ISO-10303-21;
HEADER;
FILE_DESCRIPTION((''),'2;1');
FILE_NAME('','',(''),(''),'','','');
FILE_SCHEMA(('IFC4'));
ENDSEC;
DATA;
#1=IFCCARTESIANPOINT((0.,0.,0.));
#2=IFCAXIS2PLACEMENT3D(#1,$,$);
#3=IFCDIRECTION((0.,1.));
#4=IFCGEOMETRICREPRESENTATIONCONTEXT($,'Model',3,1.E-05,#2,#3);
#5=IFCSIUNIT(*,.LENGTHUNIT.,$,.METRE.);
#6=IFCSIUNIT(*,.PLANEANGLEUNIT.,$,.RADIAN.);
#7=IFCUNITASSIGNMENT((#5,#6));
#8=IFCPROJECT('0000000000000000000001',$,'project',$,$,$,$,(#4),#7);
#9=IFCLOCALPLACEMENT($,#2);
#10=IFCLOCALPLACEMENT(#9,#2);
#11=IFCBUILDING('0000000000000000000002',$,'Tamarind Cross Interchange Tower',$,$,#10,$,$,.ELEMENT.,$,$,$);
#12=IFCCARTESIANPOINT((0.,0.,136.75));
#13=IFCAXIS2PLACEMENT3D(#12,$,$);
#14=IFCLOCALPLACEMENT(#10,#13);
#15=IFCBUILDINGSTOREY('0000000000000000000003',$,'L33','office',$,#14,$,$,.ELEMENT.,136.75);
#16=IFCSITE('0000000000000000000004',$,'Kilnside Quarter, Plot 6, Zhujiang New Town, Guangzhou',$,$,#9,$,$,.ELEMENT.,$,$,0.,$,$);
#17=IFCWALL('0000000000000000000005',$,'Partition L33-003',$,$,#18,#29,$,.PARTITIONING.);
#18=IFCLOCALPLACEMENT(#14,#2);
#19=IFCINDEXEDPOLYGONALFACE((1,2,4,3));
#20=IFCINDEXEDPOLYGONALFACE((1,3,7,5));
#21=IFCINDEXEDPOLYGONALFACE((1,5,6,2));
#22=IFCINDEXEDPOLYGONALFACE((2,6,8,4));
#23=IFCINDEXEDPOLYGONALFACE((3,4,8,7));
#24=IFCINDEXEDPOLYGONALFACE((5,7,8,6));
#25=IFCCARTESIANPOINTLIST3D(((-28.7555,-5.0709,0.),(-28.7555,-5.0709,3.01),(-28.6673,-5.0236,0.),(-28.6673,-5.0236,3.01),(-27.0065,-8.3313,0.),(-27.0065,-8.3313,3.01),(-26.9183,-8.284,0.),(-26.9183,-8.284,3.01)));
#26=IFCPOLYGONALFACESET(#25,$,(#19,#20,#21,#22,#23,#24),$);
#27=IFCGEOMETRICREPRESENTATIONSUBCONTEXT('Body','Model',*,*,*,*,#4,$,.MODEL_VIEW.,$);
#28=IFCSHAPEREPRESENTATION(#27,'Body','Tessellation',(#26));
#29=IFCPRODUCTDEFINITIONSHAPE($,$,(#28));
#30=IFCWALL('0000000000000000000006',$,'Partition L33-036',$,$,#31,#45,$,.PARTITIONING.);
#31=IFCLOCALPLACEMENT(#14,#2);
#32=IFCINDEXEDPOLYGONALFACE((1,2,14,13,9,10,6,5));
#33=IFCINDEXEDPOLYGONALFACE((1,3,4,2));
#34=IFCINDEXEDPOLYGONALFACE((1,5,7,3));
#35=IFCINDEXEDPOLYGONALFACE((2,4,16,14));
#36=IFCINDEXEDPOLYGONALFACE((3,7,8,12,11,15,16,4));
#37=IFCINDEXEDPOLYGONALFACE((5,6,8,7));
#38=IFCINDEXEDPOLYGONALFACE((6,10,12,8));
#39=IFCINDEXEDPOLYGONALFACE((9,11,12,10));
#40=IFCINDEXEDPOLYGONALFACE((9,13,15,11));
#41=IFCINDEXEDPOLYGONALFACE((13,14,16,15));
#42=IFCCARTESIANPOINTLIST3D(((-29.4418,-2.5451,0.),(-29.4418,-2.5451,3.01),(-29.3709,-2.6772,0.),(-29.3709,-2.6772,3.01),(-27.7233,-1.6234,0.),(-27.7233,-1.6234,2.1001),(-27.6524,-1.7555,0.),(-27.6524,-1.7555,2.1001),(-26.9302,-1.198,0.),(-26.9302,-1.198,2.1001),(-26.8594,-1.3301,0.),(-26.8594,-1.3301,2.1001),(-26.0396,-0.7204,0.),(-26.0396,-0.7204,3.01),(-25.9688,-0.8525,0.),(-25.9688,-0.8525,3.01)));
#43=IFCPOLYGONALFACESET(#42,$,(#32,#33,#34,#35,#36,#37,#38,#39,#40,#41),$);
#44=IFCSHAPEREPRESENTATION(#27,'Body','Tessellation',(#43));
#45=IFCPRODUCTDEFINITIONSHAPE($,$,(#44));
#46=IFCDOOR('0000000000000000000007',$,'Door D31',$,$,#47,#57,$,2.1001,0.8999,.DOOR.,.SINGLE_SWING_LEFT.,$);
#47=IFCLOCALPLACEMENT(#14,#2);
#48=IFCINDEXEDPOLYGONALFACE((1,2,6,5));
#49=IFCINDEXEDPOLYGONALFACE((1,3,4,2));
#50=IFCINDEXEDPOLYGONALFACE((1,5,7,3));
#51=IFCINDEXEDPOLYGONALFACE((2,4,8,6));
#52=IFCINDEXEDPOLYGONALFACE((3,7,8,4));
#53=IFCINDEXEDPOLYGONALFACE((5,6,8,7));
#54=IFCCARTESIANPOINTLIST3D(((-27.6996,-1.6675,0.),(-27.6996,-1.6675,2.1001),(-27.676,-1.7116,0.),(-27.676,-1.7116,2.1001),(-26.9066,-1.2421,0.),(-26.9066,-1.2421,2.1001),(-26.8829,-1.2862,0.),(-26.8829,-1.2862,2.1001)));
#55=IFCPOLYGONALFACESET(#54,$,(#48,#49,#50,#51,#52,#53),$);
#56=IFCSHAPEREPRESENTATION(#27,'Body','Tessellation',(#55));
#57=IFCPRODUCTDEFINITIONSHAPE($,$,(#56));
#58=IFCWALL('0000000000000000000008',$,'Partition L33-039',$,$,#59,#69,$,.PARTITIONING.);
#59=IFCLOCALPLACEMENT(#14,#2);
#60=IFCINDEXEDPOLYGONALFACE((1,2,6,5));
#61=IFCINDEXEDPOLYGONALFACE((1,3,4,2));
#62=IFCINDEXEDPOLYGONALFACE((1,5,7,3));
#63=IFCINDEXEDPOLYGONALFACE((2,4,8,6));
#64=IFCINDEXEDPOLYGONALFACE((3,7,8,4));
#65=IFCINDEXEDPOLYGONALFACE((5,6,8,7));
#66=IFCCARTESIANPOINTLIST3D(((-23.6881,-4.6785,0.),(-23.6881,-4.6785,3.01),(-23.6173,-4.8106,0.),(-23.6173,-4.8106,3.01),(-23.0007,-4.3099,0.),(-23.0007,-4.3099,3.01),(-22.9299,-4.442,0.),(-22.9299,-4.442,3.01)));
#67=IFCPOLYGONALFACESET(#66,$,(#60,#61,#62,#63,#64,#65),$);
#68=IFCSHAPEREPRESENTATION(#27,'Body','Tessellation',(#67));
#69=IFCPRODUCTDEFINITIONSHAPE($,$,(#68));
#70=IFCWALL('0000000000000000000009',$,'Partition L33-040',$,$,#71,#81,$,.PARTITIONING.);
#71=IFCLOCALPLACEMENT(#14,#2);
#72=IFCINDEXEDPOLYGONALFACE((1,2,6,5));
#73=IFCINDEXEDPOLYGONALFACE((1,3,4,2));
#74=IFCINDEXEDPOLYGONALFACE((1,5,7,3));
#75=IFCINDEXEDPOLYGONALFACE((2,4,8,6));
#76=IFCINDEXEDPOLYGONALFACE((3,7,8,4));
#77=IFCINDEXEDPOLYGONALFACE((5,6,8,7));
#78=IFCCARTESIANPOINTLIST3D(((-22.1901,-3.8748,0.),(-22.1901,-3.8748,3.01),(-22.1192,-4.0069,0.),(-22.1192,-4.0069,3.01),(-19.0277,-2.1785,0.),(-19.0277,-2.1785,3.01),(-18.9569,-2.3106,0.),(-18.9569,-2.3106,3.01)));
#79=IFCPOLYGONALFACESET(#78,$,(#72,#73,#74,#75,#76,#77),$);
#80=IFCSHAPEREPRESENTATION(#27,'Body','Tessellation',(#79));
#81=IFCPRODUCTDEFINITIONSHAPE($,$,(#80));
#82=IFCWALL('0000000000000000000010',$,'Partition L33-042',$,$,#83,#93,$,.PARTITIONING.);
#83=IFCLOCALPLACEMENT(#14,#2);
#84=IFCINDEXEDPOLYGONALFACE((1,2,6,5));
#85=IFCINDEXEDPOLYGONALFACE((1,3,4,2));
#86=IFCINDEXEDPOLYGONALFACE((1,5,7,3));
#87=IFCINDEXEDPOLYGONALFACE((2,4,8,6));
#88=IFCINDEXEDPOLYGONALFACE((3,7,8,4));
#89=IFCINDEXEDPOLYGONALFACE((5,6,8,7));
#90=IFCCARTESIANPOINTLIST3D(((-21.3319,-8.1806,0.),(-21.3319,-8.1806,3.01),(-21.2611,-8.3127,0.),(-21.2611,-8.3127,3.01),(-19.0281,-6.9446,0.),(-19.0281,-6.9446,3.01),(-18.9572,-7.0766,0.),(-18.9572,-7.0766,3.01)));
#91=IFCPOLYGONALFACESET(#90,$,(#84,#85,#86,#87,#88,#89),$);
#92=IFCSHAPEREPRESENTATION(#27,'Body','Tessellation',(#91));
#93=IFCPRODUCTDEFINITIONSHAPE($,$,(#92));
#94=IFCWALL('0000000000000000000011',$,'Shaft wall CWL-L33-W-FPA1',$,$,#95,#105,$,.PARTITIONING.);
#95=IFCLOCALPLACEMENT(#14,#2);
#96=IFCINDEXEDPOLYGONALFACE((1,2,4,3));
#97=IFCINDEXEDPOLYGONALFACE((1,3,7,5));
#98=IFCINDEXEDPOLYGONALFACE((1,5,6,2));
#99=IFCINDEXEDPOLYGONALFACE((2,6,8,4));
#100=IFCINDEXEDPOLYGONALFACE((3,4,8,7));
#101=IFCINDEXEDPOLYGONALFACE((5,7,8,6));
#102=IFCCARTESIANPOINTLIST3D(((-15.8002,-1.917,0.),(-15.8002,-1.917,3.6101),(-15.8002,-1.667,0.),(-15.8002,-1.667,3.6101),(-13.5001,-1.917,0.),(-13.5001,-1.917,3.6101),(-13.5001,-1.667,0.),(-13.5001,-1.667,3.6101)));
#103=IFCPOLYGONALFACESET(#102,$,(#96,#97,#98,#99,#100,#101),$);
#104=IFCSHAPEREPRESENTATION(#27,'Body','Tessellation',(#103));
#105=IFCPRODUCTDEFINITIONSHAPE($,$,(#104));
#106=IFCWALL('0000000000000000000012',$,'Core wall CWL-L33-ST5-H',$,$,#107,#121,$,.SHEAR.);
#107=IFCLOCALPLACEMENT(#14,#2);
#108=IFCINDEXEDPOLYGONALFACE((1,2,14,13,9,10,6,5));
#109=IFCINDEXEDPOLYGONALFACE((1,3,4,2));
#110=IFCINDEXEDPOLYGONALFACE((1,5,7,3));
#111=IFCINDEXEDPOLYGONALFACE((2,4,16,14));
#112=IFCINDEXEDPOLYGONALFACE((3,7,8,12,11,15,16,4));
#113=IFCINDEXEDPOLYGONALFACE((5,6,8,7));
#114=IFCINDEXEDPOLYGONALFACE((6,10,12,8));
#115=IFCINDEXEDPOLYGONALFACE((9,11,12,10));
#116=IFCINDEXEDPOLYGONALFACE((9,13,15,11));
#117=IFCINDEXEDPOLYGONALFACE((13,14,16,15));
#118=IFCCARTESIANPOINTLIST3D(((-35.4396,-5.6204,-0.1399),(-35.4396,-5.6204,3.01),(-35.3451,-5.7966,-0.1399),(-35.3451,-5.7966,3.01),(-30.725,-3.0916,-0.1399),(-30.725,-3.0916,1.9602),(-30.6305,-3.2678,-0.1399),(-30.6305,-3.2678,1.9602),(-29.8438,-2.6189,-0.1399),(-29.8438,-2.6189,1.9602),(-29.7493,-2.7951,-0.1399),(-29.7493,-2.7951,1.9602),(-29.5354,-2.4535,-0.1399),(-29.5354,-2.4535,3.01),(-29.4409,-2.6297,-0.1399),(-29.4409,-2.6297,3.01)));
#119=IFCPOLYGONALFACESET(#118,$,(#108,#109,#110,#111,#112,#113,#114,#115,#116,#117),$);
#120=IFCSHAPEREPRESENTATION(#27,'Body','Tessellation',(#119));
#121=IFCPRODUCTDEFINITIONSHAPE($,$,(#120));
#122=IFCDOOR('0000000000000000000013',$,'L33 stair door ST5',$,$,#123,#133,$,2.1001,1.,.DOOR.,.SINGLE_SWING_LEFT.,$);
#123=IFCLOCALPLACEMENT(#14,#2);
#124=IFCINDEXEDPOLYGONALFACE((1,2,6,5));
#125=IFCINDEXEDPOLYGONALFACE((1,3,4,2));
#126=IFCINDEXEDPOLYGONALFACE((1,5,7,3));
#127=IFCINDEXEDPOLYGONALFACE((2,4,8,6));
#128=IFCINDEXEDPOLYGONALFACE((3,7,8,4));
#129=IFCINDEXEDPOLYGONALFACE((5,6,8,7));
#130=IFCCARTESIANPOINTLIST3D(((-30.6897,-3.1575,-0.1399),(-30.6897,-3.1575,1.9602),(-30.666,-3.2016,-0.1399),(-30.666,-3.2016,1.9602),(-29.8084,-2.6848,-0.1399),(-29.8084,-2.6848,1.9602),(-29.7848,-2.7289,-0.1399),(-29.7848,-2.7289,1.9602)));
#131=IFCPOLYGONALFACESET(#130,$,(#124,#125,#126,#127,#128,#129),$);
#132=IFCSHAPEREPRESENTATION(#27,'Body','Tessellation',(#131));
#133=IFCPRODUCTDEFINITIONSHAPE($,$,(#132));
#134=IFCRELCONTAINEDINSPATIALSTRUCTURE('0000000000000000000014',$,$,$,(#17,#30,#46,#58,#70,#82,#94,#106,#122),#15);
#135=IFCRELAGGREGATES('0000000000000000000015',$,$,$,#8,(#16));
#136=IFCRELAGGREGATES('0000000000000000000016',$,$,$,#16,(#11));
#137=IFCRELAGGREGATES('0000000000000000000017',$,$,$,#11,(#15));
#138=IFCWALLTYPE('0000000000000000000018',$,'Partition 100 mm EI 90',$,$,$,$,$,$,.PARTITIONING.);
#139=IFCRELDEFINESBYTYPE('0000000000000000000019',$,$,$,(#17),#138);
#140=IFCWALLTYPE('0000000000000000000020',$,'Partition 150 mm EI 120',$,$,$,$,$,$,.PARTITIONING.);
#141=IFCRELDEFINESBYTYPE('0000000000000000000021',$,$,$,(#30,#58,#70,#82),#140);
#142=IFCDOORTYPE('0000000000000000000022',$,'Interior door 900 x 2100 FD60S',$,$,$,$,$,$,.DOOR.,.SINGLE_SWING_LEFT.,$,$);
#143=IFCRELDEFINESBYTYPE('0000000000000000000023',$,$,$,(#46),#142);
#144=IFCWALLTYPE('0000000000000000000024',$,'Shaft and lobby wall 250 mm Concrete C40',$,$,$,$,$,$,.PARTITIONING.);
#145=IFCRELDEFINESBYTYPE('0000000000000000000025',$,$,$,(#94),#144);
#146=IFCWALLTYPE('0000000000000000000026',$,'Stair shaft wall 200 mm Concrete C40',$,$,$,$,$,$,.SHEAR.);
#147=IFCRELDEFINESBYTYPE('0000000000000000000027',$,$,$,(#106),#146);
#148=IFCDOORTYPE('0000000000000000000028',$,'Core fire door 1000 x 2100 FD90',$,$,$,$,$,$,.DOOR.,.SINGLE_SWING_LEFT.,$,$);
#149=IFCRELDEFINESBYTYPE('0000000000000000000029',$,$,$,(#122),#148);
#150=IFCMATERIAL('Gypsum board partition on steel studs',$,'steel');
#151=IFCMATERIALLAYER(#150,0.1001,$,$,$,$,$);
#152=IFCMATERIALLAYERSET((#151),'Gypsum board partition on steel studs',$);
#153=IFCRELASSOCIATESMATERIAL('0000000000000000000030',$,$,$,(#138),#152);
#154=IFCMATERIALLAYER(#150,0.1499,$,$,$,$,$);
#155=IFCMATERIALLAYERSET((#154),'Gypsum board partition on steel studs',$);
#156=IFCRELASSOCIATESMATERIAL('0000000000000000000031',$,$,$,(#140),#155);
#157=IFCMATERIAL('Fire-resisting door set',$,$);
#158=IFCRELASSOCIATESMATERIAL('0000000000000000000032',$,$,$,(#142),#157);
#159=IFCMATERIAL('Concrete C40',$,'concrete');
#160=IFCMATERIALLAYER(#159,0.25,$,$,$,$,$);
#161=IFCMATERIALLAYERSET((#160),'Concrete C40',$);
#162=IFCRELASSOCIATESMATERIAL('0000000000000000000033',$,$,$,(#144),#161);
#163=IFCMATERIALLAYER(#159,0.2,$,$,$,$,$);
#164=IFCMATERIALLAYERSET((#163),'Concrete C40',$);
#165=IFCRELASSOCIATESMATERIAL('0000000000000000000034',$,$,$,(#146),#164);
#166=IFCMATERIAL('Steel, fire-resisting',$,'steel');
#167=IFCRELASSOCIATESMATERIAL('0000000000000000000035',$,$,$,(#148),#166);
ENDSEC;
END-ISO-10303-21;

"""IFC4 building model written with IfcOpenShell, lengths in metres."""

from ifc_helpers import new_model, si_unit, direction, frame, frame_2d, origin, place, context, subcontext, project, spatial, rectangle, extrude, material, layer, layer_set, type_object, element, fill, save


model = new_model("IFC4")

# Units and contexts
model_context = context("Model", 3, precision=1e-05, world=origin(), true_north=direction((0.0, 1.0)))
body_context = subcontext(model_context, "Body", "Model", "MODEL_VIEW")
ifc_project = project(units=[si_unit("LENGTHUNIT", "METRE"), si_unit("PLANEANGLEUNIT", "RADIAN")], contexts=[model_context])

# Site, building, storey
site_placement = place(None, origin())
site = spatial("IfcSite", under=ifc_project, at=site_placement, Name="Kilnside Quarter, Plot 6, Zhujiang New Town, Guangzhou", CompositionType="ELEMENT", RefElevation=0.0)
building_placement = place(site_placement, origin())
building = spatial("IfcBuilding", under=site, at=building_placement, Name="Tamarind Cross Interchange Tower", CompositionType="ELEMENT")
storey_placement = place(building_placement, frame((0.0, 0.0, 136.75)))
storey = spatial("IfcBuildingStorey", under=building, at=storey_placement, Name="L33", Description="office", CompositionType="ELEMENT", Elevation=136.75)

# Wall
ifc_material_1 = material(Name="Gypsum board partition on steel studs", Category="steel")
ifc_layer_1 = layer(ifc_material_1, 0.1001)
ifc_layer_set_1 = layer_set([ifc_layer_1], Name="Gypsum board partition on steel studs")
wall_type_1 = type_object("IfcWallType", Name="Partition 100 mm EI 90", PredefinedType="PARTITIONING", material=ifc_layer_set_1)
wall_1_placement = place(storey_placement, frame((-28.7114, -5.0471, 0.0), z_axis=(0.0, 0.0, 1.0), x_axis=(0.47271, -0.881218, 0.0)))
element("IfcWall", 1, at=wall_1_placement, inside=storey, type_object=wall_type_1, Name="Partition L33-003", PredefinedType="PARTITIONING", context=body_context, shape_type="SweptSolid", body=[
    extrude(rectangle(XDim=3.7, YDim=0.1001, at=frame_2d((1.8501, 0.0))), origin(), (0.0, 0.0, 1.0), 3.01),
])

# Wall, opening, door
ifc_layer_2 = layer(ifc_material_1, 0.1499)
ifc_layer_set_2 = layer_set([ifc_layer_2], Name="Gypsum board partition on steel studs")
wall_type_2 = type_object("IfcWallType", Name="Partition 150 mm EI 120", PredefinedType="PARTITIONING", material=ifc_layer_set_2)
wall_2_placement = place(storey_placement, frame((-29.4062, -2.6111, 0.0), z_axis=(0.0, 0.0, 1.0), x_axis=(0.881248, 0.472655, 0.0)))
wall_2 = element("IfcWall", 2, at=wall_2_placement, inside=storey, type_object=wall_type_2, Name="Partition L33-036", PredefinedType="PARTITIONING", context=body_context, shape_type="SweptSolid", body=[
    extrude(rectangle(XDim=3.8606, YDim=0.1499, at=frame_2d((1.9302, 0.0))), origin(), (0.0, 0.0, 1.0), 3.01),
])
opening_1_placement = place(wall_2_placement, frame((1.95, 0.0, 0.0)))
opening_1 = element("IfcOpeningElement", 3, at=opening_1_placement, cuts=wall_2, PredefinedType="OPENING", context=body_context, shape_type="SweptSolid", body=[
    extrude(rectangle(XDim=0.8999, YDim=2.1001, at=frame_2d((0.45, 1.05))), frame((0.0, 0.085, 0.0), z_axis=(0.0, -1.0, 0.0), x_axis=(1.0, 0.0, 0.0)), (0.0, 0.0, 1.0), 0.1699),
])
ifc_material_2 = material(Name="Fire-resisting door set")
door_type_1 = type_object("IfcDoorType", Name="Interior door 900 x 2100 FD60S", OperationType="SINGLE_SWING_LEFT", PredefinedType="DOOR", material=ifc_material_2)
door_1_placement = place(opening_1_placement, origin())
door_1 = element("IfcDoor", 4, at=door_1_placement, inside=storey, type_object=door_type_1, Name="Door D31", OperationType="SINGLE_SWING_LEFT", OverallHeight=2.1001, OverallWidth=0.8999, PredefinedType="DOOR", context=body_context, shape_type="SweptSolid", body=[
    extrude(rectangle(XDim=0.8999, YDim=2.1001, at=frame_2d((0.45, 1.05))), frame((0.0, 0.0249, 0.0), z_axis=(0.0, -1.0, 0.0), x_axis=(1.0, 0.0, 0.0)), (0.0, 0.0, 1.0), 0.05),
])
fill(opening_1, door_1)

# Walls
wall_3_placement = place(storey_placement, frame((-23.6528, -4.7446, 0.0), z_axis=(0.0, 0.0, 1.0), x_axis=(0.881294, 0.472569, 0.0)))
element("IfcWall", 5, at=wall_3_placement, inside=storey, type_object=wall_type_2, Name="Partition L33-039", PredefinedType="PARTITIONING", context=body_context, shape_type="SweptSolid", body=[
    extrude(rectangle(XDim=0.78, YDim=0.1499, at=frame_2d((0.3901, 0.0))), origin(), (0.0, 0.0, 1.0), 3.01),
])
wall_4_placement = place(storey_placement, frame((-22.1548, -3.9409, 0.0), z_axis=(0.0, 0.0, 1.0), x_axis=(0.881228, 0.472691, 0.0)))
element("IfcWall", 6, at=wall_4_placement, inside=storey, type_object=wall_type_2, Name="Partition L33-040", PredefinedType="PARTITIONING", context=body_context, shape_type="SweptSolid", body=[
    extrude(rectangle(XDim=3.5886, YDim=0.1499, at=frame_2d((1.7944, 0.0))), origin(), (0.0, 0.0, 1.0), 3.01),
])
wall_5_placement = place(storey_placement, frame((-21.2964, -8.2466, 0.0), z_axis=(0.0, 0.0, 1.0), x_axis=(0.88119, 0.472763, 0.0)))
element("IfcWall", 7, at=wall_5_placement, inside=storey, type_object=wall_type_2, Name="Partition L33-042", PredefinedType="PARTITIONING", context=body_context, shape_type="SweptSolid", body=[
    extrude(rectangle(XDim=2.6145, YDim=0.1499, at=frame_2d((1.3071, 0.0))), origin(), (0.0, 0.0, 1.0), 3.01),
])
ifc_material_3 = material(Name="Concrete C40", Category="concrete")
ifc_layer_3 = layer(ifc_material_3, 0.25)
ifc_layer_set_3 = layer_set([ifc_layer_3], Name="Concrete C40")
wall_type_3 = type_object("IfcWallType", Name="Shaft and lobby wall 250 mm Concrete C40", PredefinedType="PARTITIONING", material=ifc_layer_set_3)
wall_6_placement = place(storey_placement, frame((-15.8, -1.792, 0.0), z_axis=(0.0, 0.0, 1.0), x_axis=(1.0, 0.0, 0.0)))
element("IfcWall", 8, at=wall_6_placement, inside=storey, type_object=wall_type_3, Name="Shaft wall CWL-L33-W-FPA1", PredefinedType="PARTITIONING", context=body_context, shape_type="SweptSolid", body=[
    extrude(rectangle(XDim=2.3, YDim=0.25, at=frame_2d((1.1499, 0.0))), origin(), (0.0, 0.0, 1.0), 3.6101),
])

# Wall, opening, door
ifc_layer_4 = layer(ifc_material_3, 0.2)
ifc_layer_set_4 = layer_set([ifc_layer_4], Name="Concrete C40")
wall_type_4 = type_object("IfcWallType", Name="Stair shaft wall 200 mm Concrete C40", PredefinedType="SHEAR", material=ifc_layer_set_4)
wall_7_placement = place(storey_placement, frame((-29.488, -2.5415, -0.1399), z_axis=(0.0, 0.0, 1.0), x_axis=(-0.881233, -0.472682, 0.0)))
wall_7 = element("IfcWall", 9, at=wall_7_placement, inside=storey, type_object=wall_type_4, Name="Core wall CWL-L33-ST5-H", PredefinedType="SHEAR", context=body_context, shape_type="SweptSolid", body=[
    extrude(rectangle(XDim=6.7, YDim=0.2, at=frame_2d((3.3501, 0.0))), origin(), (0.0, 0.0, 1.0), 3.1499),
])
opening_2_placement = place(wall_7_placement, frame((0.3501, 0.0, 0.0)))
opening_2 = element("IfcOpeningElement", 10, at=opening_2_placement, cuts=wall_7, PredefinedType="OPENING", context=body_context, shape_type="SweptSolid", body=[
    extrude(rectangle(XDim=1.0, YDim=2.1001, at=frame_2d((0.5, 1.05))), frame((0.0, 0.1099, 0.0), z_axis=(0.0, -1.0, 0.0), x_axis=(1.0, 0.0, 0.0)), (0.0, 0.0, 1.0), 0.22),
])
ifc_material_4 = material(Name="Steel, fire-resisting", Category="steel")
door_type_2 = type_object("IfcDoorType", Name="Core fire door 1000 x 2100 FD90", OperationType="SINGLE_SWING_LEFT", PredefinedType="DOOR", material=ifc_material_4)
door_2_placement = place(opening_2_placement, origin())
door_2 = element("IfcDoor", 11, at=door_2_placement, inside=storey, type_object=door_type_2, Name="L33 stair door ST5", OperationType="SINGLE_SWING_LEFT", OverallHeight=2.1001, OverallWidth=1.0, PredefinedType="DOOR", context=body_context, shape_type="SweptSolid", body=[
    extrude(rectangle(XDim=1.0, YDim=2.1001, at=frame_2d((0.5, 1.05))), frame((0.0, 0.0249, 0.0), z_axis=(0.0, -1.0, 0.0), x_axis=(1.0, 0.0, 0.0)), (0.0, 0.0, 1.0), 0.05),
])
fill(opening_2, door_2)

save(model, "model.ifc")
